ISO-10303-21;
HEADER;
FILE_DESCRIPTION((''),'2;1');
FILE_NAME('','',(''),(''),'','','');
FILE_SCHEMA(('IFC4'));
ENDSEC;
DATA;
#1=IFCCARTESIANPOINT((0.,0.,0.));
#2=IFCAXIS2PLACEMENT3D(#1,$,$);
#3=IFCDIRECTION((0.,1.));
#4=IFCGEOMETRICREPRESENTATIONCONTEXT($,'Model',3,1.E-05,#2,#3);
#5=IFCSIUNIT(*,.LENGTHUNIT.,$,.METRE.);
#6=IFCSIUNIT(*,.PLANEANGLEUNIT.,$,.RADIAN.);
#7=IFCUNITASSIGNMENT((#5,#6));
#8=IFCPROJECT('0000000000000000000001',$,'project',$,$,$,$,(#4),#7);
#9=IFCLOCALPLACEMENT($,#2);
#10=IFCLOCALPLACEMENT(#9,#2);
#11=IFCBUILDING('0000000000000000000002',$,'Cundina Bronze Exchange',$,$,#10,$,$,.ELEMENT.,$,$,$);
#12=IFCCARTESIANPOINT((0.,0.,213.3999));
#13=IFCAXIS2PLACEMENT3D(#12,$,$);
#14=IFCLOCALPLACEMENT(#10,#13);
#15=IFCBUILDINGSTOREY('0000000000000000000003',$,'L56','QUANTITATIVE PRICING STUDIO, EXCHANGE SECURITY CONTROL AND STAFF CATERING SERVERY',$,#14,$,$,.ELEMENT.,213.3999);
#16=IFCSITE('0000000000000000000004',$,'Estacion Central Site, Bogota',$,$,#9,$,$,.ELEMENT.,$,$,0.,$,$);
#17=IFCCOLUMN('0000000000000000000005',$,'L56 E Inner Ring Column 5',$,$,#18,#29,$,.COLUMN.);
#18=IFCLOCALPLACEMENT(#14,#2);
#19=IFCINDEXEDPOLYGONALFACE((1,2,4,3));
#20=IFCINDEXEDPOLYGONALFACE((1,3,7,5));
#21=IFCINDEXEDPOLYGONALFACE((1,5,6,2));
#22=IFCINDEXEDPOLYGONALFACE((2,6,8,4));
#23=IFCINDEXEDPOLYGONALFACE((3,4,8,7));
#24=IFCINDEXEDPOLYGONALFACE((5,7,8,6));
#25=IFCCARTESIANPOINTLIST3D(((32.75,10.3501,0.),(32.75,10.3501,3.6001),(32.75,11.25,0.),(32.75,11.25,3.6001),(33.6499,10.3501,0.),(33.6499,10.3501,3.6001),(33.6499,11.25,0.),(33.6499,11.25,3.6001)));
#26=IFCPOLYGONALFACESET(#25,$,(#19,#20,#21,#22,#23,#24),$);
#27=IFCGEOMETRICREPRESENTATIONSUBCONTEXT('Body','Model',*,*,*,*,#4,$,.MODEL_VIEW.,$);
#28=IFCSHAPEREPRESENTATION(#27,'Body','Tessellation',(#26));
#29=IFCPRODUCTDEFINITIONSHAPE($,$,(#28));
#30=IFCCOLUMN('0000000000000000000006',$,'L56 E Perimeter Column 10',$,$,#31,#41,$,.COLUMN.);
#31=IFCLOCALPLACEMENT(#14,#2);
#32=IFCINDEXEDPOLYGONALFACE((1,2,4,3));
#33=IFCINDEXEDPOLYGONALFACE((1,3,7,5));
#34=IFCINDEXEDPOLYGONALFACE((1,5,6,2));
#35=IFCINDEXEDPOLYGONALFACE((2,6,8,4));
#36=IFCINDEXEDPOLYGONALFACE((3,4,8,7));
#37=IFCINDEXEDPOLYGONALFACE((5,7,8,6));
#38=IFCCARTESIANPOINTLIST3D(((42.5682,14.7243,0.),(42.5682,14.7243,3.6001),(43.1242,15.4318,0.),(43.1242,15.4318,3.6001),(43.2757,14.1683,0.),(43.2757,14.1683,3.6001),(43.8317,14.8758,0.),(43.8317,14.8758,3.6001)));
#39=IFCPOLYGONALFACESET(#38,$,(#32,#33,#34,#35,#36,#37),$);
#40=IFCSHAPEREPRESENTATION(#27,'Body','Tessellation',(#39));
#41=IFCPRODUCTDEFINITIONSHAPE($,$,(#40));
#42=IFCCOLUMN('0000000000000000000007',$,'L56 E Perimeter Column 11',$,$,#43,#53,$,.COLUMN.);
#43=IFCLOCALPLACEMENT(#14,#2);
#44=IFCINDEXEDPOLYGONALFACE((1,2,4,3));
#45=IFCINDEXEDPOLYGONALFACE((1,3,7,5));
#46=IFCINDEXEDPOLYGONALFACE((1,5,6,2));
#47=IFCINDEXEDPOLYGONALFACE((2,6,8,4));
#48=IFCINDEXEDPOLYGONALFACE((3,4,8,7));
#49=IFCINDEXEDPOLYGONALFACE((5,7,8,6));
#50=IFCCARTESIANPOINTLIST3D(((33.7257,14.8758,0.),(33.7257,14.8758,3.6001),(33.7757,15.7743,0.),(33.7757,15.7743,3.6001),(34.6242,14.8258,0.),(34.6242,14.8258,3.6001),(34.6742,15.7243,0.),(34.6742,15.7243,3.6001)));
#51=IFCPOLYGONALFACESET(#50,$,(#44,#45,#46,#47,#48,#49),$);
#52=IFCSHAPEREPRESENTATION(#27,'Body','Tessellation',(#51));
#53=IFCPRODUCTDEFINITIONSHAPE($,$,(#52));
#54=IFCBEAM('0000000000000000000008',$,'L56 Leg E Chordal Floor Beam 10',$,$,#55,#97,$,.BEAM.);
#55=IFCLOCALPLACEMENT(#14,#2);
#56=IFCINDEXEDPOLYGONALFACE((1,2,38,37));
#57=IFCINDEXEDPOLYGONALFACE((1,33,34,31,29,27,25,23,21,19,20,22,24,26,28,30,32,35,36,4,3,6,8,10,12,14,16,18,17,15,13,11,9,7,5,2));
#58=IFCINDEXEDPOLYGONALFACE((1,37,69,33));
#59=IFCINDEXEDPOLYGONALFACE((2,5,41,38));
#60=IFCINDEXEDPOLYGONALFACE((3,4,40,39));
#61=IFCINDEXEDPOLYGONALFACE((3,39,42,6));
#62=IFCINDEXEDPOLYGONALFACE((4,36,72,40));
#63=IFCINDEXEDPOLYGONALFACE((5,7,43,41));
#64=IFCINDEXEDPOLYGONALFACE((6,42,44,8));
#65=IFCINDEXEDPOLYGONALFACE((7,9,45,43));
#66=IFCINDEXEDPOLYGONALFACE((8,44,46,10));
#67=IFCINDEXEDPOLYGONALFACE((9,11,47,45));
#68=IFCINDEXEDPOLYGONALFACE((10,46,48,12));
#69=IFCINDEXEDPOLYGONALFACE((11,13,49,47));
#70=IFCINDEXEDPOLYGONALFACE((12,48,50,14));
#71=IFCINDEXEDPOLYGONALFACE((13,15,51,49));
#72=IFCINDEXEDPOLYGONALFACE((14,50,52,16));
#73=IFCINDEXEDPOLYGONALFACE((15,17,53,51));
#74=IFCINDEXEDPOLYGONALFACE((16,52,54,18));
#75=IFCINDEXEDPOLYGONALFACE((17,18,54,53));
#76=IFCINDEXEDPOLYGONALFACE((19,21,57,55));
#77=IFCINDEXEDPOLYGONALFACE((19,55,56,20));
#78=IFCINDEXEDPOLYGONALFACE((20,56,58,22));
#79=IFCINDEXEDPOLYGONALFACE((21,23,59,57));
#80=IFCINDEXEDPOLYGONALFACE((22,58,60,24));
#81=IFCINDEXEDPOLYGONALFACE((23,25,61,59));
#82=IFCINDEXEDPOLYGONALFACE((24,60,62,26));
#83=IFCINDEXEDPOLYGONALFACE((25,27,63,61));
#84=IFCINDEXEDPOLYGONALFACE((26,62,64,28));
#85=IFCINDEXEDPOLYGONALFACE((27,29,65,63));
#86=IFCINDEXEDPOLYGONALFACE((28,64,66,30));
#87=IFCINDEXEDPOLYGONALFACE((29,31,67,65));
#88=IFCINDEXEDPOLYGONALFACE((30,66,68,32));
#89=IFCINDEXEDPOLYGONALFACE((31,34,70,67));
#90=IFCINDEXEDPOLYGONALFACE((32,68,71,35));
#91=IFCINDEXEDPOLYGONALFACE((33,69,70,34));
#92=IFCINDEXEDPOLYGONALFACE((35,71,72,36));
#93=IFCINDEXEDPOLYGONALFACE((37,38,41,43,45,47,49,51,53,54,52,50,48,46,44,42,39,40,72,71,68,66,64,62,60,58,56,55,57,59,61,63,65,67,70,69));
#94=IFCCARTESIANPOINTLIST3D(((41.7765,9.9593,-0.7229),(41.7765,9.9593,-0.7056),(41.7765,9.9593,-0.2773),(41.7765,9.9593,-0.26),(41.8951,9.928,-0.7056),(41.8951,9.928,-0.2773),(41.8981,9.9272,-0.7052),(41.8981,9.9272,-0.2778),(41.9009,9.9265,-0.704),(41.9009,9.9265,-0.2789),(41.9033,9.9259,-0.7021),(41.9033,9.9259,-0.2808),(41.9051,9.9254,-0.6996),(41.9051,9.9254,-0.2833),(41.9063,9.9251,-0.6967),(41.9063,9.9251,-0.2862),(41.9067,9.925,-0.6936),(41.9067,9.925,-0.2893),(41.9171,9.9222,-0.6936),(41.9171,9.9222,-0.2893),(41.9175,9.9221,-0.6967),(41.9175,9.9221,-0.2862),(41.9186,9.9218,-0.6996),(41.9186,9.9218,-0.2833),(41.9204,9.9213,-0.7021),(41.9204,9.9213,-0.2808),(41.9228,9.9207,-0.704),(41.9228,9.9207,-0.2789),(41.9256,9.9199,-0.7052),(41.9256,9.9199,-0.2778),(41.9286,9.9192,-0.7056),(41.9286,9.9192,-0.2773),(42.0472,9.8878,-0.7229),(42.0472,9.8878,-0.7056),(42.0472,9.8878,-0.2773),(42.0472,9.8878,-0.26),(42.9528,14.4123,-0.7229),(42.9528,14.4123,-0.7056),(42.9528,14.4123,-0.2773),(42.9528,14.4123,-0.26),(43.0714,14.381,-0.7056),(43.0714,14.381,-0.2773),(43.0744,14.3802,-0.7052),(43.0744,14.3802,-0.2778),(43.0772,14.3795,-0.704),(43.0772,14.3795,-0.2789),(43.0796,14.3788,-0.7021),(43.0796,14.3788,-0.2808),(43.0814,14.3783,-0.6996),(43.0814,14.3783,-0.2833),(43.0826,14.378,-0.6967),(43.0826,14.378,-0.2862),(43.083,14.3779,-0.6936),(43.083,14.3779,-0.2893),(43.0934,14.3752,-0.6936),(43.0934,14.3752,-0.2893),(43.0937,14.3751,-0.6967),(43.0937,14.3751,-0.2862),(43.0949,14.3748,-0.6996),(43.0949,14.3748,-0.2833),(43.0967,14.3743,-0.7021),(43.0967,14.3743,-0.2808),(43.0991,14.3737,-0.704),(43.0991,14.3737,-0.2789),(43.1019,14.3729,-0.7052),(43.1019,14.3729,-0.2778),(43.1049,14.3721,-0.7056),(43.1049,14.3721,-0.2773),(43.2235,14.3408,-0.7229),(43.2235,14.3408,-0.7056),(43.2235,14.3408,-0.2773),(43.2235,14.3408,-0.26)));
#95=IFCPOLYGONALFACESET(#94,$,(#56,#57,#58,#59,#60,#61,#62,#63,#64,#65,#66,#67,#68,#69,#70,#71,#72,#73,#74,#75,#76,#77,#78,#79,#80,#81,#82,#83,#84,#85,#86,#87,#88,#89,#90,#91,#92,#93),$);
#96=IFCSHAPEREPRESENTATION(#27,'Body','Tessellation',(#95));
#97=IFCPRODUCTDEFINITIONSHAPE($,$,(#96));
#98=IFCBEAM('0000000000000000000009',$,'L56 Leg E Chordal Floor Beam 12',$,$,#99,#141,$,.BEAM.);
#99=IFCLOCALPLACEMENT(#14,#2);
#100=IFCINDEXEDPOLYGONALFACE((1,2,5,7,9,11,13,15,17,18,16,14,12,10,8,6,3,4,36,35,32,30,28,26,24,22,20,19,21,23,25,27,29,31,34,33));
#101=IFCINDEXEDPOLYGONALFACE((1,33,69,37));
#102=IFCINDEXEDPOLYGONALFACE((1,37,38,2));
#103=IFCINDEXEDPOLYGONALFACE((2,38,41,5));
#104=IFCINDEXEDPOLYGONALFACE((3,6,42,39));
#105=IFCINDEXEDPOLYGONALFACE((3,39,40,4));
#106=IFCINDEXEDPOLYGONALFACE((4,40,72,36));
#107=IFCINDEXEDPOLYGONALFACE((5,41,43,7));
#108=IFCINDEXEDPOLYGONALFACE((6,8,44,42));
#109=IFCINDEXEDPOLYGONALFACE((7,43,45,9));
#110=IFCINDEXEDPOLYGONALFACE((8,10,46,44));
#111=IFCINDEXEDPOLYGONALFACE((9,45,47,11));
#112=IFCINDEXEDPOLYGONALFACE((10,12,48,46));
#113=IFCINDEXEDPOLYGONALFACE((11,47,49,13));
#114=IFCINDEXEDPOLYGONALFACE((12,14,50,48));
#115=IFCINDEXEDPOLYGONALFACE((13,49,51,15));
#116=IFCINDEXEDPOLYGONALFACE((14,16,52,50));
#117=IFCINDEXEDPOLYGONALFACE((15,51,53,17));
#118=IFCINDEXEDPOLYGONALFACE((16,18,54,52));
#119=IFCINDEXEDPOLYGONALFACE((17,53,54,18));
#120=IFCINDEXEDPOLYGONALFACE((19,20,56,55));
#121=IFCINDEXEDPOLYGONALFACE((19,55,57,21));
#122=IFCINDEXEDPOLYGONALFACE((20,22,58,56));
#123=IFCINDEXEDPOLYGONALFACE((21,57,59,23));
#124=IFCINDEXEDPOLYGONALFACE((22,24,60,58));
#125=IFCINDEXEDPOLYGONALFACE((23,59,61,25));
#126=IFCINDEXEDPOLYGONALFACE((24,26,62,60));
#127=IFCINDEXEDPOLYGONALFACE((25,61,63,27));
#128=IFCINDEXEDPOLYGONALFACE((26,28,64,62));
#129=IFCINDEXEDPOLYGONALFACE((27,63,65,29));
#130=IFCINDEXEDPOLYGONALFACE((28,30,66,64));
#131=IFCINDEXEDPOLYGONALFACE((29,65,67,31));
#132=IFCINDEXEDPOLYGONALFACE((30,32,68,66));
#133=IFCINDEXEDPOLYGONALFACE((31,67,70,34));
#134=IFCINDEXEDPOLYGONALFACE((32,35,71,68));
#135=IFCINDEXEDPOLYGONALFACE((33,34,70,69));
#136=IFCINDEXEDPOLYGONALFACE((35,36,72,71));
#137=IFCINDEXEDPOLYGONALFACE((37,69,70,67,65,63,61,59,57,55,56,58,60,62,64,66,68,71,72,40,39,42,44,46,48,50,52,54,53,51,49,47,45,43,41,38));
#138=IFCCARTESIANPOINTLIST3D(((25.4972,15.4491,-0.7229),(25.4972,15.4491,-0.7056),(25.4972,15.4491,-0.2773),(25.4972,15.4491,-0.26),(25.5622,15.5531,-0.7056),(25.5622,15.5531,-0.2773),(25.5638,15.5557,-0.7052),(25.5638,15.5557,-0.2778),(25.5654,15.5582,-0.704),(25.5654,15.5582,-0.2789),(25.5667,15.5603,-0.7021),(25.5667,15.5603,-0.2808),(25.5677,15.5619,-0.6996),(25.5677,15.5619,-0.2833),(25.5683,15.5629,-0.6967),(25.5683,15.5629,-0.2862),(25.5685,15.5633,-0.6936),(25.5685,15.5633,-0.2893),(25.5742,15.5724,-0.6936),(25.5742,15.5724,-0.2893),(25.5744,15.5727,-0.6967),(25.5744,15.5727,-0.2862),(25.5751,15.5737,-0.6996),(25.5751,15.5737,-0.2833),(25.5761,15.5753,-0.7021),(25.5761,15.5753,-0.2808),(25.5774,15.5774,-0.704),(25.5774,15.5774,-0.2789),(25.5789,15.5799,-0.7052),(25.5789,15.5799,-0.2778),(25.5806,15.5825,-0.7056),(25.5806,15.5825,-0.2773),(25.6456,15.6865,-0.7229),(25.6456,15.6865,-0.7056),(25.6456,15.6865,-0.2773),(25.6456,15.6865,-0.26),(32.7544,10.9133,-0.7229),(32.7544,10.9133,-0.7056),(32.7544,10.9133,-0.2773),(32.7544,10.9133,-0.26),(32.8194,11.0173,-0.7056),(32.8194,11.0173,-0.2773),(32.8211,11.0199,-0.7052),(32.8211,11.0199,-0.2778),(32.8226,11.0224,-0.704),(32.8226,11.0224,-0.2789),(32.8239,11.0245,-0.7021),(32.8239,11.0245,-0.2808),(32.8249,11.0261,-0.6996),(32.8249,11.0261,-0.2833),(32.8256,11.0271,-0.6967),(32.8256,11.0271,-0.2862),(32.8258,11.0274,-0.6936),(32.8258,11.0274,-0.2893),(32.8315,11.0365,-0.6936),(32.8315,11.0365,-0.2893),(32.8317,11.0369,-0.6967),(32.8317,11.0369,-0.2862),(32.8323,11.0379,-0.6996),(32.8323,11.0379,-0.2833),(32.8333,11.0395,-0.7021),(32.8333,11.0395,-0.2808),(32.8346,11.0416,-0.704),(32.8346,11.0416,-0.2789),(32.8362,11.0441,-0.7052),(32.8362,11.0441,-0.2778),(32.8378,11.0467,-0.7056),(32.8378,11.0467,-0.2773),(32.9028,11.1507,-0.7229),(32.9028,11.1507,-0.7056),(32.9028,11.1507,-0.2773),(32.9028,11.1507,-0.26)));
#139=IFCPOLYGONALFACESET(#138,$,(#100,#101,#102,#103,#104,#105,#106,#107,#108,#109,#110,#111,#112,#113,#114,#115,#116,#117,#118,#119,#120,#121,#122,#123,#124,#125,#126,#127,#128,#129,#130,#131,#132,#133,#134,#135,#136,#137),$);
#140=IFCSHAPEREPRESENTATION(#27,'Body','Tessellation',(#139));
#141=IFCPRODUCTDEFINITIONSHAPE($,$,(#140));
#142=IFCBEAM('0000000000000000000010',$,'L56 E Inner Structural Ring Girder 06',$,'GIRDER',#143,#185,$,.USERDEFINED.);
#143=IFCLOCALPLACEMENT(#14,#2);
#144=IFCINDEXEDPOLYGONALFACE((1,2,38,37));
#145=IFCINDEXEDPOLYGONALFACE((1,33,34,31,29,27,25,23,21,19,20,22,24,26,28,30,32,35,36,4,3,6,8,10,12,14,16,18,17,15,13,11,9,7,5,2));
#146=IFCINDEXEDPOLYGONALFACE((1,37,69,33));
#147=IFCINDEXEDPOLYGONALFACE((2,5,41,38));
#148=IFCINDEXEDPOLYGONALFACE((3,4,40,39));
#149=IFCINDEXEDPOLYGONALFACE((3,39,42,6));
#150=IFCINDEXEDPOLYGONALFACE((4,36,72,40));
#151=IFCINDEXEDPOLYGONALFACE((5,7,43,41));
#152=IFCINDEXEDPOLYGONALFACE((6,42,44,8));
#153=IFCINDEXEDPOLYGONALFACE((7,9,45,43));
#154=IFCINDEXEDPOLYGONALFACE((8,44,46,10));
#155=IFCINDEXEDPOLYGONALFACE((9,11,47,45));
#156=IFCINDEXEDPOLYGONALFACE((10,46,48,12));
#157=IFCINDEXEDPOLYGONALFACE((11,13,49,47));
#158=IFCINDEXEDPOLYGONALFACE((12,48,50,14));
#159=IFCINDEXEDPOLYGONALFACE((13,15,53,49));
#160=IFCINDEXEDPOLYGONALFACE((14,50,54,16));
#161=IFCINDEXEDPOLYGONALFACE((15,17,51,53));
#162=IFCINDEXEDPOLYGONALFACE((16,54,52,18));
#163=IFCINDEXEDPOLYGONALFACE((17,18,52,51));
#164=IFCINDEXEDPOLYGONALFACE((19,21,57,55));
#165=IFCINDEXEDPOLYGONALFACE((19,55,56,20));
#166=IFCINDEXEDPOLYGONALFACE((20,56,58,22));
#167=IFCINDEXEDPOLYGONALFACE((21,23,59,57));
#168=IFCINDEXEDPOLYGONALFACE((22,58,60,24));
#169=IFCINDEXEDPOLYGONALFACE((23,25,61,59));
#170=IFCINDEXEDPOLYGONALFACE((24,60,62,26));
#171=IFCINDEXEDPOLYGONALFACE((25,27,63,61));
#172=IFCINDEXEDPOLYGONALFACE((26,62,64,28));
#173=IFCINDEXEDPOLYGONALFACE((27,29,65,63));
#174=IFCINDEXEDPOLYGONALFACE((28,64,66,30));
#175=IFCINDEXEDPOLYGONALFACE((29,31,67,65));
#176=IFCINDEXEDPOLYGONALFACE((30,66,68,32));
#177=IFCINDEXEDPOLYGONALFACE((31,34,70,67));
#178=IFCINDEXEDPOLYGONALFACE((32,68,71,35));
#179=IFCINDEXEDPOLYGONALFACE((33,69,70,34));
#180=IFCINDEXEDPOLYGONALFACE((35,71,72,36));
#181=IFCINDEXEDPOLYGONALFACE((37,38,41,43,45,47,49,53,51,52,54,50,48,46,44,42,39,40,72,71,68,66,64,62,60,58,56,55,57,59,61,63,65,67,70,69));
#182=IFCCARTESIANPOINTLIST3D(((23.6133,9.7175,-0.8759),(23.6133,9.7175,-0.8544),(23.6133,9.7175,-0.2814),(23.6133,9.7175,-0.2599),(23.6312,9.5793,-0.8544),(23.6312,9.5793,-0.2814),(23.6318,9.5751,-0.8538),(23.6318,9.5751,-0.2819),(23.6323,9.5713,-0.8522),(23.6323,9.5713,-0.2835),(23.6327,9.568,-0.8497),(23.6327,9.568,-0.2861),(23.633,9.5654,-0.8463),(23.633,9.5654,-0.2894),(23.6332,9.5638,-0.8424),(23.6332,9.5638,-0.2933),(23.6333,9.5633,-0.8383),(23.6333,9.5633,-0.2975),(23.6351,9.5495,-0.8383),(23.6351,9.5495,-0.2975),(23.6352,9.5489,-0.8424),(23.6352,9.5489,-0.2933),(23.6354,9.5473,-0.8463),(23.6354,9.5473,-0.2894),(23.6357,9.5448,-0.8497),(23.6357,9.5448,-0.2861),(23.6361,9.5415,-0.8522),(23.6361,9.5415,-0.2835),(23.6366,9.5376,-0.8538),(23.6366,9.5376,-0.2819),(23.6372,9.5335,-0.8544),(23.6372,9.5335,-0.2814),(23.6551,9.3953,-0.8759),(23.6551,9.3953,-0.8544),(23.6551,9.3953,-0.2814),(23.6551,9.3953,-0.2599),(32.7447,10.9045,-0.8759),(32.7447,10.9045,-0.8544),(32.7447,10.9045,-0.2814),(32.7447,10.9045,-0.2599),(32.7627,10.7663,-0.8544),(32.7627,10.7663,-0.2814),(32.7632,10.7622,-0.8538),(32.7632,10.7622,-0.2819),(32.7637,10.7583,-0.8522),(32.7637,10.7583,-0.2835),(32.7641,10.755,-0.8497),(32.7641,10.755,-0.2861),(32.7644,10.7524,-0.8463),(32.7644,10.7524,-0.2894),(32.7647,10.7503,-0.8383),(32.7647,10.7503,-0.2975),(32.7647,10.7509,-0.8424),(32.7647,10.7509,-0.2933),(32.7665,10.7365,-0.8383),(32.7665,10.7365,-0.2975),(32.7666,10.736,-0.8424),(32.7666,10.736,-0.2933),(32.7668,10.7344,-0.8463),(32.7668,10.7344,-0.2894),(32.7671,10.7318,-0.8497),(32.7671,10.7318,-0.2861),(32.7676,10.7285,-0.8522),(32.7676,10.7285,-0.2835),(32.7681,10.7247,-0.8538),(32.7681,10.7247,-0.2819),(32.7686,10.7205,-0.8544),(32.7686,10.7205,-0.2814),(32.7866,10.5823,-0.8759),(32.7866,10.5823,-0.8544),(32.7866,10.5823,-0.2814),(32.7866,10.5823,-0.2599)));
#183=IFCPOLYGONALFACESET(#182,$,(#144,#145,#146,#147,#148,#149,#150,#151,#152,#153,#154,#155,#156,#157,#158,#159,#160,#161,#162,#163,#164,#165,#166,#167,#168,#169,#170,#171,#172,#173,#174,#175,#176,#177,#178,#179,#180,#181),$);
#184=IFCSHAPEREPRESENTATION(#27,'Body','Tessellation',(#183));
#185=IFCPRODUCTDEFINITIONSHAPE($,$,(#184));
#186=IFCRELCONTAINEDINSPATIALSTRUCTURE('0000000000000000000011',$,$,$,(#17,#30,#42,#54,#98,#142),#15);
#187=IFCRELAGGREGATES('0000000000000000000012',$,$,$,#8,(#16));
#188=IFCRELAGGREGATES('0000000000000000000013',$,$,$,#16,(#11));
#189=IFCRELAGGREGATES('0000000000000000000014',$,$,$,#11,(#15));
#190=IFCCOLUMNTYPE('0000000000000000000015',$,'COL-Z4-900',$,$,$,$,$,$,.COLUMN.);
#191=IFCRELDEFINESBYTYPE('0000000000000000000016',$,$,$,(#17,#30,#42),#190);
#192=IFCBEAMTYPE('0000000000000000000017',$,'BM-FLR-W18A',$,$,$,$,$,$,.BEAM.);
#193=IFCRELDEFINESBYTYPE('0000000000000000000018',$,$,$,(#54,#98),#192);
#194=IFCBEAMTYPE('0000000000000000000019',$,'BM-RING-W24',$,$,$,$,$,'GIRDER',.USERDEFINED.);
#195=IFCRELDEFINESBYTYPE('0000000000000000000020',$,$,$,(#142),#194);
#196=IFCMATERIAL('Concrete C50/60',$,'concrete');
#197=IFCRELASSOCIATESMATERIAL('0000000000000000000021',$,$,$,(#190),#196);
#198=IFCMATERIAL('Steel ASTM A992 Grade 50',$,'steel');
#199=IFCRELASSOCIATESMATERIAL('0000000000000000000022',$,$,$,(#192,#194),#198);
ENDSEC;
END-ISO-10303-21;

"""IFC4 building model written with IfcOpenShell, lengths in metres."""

from ifc_helpers import new_model, si_unit, direction, frame, origin, origin_2d, place, context, subcontext, project, spatial, rectangle, i_section, extrude, material, material_profile, profile_set, type_object, element, save


model = new_model("IFC4")

# Units and contexts
model_context = context("Model", 3, precision=1e-05, world=origin(), true_north=direction((0.0, 1.0)))
body_context = subcontext(model_context, "Body", "Model", "MODEL_VIEW")
ifc_project = project(units=[si_unit("LENGTHUNIT", "METRE"), si_unit("PLANEANGLEUNIT", "RADIAN")], contexts=[model_context])

# Site, building, storey
site_placement = place(None, origin())
site = spatial("IfcSite", under=ifc_project, at=site_placement, Name="Estacion Central Site, Bogota", CompositionType="ELEMENT", RefElevation=0.0)
building_placement = place(site_placement, origin())
building = spatial("IfcBuilding", under=site, at=building_placement, Name="Cundina Bronze Exchange", CompositionType="ELEMENT")
storey_placement = place(building_placement, frame((0.0, 0.0, 213.3999)))
storey = spatial("IfcBuildingStorey", under=building, at=storey_placement, Name="L56", Description="QUANTITATIVE PRICING STUDIO, EXCHANGE SECURITY CONTROL AND STAFF CATERING SERVERY", CompositionType="ELEMENT", Elevation=213.3999)

# Columns
ifc_material_1 = material(Name="Concrete C50/60", Category="concrete")
ifc_material_profile_1 = material_profile(ifc_material_1, rectangle(XDim=0.8999, YDim=0.8999, at=origin_2d()), Name="RC900X900", Category="concrete")
ifc_profile_set_1 = profile_set([ifc_material_profile_1], Name="Concrete C50/60")
column_type = type_object("IfcColumnType", Name="COL-Z4-900", PredefinedType="COLUMN", material=ifc_profile_set_1)
for number, where, z_axis, x_axis, name in (
    (1, (33.2, 10.8, 0.0), (0.0, 0.0, 1.0), (1.0, 0.0, 0.0), "L56 E Inner Ring Column 5"),
    (2, (43.2, 14.8, 0.0), (0.0, 0.0, 1.0), (-0.786288, 0.61786, 0.0), "L56 E Perimeter Column 10"),
    (3, (34.2, 15.3, 0.0), (0.0, 0.0, 1.0), (-0.99846, 0.055473, 0.0), "L56 E Perimeter Column 11"),
):
    element("IfcColumn", number, at=place(storey_placement, frame(where, z_axis=z_axis, x_axis=x_axis)), inside=storey, type_object=column_type, Name=name, PredefinedType="COLUMN", context=body_context, shape_type="SweptSolid", body=[
        extrude(rectangle(XDim=0.8999, YDim=0.8999, at=origin_2d()), origin(), (0.0, 0.0, 1.0), 3.6001),
    ])

# Beams
ifc_material_2 = material(Name="Steel ASTM A992 Grade 50", Category="steel")
ifc_material_profile_2 = material_profile(ifc_material_2, i_section(OverallWidth=0.28, OverallDepth=0.4629, WebThickness=0.0107, FlangeThickness=0.0173, FilletRadius=0.012, at=origin_2d()), Name="W18X76", Category="steel")
ifc_profile_set_2 = profile_set([ifc_material_profile_2], Name="Steel ASTM A992 Grade 50")
beam_type_1 = type_object("IfcBeamType", Name="BM-FLR-W18A", PredefinedType="BEAM", material=ifc_profile_set_2)
beam_1_placement = place(storey_placement, frame((41.9119, 9.9236, -0.4915), z_axis=(0.255399, 0.966836, 0.0), x_axis=(-0.966836, 0.255399, 0.0)))
element("IfcBeam", 4, at=beam_1_placement, inside=storey, type_object=beam_type_1, Name="L56 Leg E Chordal Floor Beam 10", PredefinedType="BEAM", context=body_context, shape_type="SweptSolid", body=[
    extrude(i_section(OverallWidth=0.28, OverallDepth=0.4629, WebThickness=0.0107, FlangeThickness=0.0173, FilletRadius=0.012, at=origin_2d()), origin(), (0.0, 0.0, 1.0), 4.6057),
])
beam_2_placement = place(storey_placement, frame((32.8286, 11.032, -0.4915), z_axis=(-0.847995, 0.530004, 0.0), x_axis=(-0.530004, -0.847995, 0.0)))
element("IfcBeam", 5, at=beam_2_placement, inside=storey, type_object=beam_type_1, Name="L56 Leg E Chordal Floor Beam 12", PredefinedType="BEAM", context=body_context, shape_type="SweptSolid", body=[
    extrude(i_section(OverallWidth=0.28, OverallDepth=0.4629, WebThickness=0.0107, FlangeThickness=0.0173, FilletRadius=0.012, at=origin_2d()), origin(), (0.0, 0.0, 1.0), 8.5581),
])
ifc_material_profile_3 = material_profile(ifc_material_2, i_section(OverallWidth=0.325, OverallDepth=0.616, WebThickness=0.0139, FlangeThickness=0.0215, FilletRadius=0.0161, at=origin_2d()), Name="W24X117", Category="steel")
ifc_profile_set_3 = profile_set([ifc_material_profile_3], Name="Steel ASTM A992 Grade 50")
beam_type_2 = type_object("IfcBeamType", Name="BM-RING-W24", ElementType="GIRDER", PredefinedType="USERDEFINED", material=ifc_profile_set_3)
beam_3_placement = place(storey_placement, frame((32.7656, 10.7434, -0.5679), z_axis=(-0.991656, -0.128908, 0.0), x_axis=(0.128908, -0.991656, 0.0)))
element("IfcBeam", 6, at=beam_3_placement, inside=storey, type_object=beam_type_2, Name="L56 E Inner Structural Ring Girder 06", ObjectType="GIRDER", PredefinedType="USERDEFINED", context=body_context, shape_type="SweptSolid", body=[
    extrude(i_section(OverallWidth=0.325, OverallDepth=0.616, WebThickness=0.0139, FlangeThickness=0.0215, FilletRadius=0.0161, at=origin_2d()), origin(), (0.0, 0.0, 1.0), 9.2083),
])

save(model, "model.ifc")
